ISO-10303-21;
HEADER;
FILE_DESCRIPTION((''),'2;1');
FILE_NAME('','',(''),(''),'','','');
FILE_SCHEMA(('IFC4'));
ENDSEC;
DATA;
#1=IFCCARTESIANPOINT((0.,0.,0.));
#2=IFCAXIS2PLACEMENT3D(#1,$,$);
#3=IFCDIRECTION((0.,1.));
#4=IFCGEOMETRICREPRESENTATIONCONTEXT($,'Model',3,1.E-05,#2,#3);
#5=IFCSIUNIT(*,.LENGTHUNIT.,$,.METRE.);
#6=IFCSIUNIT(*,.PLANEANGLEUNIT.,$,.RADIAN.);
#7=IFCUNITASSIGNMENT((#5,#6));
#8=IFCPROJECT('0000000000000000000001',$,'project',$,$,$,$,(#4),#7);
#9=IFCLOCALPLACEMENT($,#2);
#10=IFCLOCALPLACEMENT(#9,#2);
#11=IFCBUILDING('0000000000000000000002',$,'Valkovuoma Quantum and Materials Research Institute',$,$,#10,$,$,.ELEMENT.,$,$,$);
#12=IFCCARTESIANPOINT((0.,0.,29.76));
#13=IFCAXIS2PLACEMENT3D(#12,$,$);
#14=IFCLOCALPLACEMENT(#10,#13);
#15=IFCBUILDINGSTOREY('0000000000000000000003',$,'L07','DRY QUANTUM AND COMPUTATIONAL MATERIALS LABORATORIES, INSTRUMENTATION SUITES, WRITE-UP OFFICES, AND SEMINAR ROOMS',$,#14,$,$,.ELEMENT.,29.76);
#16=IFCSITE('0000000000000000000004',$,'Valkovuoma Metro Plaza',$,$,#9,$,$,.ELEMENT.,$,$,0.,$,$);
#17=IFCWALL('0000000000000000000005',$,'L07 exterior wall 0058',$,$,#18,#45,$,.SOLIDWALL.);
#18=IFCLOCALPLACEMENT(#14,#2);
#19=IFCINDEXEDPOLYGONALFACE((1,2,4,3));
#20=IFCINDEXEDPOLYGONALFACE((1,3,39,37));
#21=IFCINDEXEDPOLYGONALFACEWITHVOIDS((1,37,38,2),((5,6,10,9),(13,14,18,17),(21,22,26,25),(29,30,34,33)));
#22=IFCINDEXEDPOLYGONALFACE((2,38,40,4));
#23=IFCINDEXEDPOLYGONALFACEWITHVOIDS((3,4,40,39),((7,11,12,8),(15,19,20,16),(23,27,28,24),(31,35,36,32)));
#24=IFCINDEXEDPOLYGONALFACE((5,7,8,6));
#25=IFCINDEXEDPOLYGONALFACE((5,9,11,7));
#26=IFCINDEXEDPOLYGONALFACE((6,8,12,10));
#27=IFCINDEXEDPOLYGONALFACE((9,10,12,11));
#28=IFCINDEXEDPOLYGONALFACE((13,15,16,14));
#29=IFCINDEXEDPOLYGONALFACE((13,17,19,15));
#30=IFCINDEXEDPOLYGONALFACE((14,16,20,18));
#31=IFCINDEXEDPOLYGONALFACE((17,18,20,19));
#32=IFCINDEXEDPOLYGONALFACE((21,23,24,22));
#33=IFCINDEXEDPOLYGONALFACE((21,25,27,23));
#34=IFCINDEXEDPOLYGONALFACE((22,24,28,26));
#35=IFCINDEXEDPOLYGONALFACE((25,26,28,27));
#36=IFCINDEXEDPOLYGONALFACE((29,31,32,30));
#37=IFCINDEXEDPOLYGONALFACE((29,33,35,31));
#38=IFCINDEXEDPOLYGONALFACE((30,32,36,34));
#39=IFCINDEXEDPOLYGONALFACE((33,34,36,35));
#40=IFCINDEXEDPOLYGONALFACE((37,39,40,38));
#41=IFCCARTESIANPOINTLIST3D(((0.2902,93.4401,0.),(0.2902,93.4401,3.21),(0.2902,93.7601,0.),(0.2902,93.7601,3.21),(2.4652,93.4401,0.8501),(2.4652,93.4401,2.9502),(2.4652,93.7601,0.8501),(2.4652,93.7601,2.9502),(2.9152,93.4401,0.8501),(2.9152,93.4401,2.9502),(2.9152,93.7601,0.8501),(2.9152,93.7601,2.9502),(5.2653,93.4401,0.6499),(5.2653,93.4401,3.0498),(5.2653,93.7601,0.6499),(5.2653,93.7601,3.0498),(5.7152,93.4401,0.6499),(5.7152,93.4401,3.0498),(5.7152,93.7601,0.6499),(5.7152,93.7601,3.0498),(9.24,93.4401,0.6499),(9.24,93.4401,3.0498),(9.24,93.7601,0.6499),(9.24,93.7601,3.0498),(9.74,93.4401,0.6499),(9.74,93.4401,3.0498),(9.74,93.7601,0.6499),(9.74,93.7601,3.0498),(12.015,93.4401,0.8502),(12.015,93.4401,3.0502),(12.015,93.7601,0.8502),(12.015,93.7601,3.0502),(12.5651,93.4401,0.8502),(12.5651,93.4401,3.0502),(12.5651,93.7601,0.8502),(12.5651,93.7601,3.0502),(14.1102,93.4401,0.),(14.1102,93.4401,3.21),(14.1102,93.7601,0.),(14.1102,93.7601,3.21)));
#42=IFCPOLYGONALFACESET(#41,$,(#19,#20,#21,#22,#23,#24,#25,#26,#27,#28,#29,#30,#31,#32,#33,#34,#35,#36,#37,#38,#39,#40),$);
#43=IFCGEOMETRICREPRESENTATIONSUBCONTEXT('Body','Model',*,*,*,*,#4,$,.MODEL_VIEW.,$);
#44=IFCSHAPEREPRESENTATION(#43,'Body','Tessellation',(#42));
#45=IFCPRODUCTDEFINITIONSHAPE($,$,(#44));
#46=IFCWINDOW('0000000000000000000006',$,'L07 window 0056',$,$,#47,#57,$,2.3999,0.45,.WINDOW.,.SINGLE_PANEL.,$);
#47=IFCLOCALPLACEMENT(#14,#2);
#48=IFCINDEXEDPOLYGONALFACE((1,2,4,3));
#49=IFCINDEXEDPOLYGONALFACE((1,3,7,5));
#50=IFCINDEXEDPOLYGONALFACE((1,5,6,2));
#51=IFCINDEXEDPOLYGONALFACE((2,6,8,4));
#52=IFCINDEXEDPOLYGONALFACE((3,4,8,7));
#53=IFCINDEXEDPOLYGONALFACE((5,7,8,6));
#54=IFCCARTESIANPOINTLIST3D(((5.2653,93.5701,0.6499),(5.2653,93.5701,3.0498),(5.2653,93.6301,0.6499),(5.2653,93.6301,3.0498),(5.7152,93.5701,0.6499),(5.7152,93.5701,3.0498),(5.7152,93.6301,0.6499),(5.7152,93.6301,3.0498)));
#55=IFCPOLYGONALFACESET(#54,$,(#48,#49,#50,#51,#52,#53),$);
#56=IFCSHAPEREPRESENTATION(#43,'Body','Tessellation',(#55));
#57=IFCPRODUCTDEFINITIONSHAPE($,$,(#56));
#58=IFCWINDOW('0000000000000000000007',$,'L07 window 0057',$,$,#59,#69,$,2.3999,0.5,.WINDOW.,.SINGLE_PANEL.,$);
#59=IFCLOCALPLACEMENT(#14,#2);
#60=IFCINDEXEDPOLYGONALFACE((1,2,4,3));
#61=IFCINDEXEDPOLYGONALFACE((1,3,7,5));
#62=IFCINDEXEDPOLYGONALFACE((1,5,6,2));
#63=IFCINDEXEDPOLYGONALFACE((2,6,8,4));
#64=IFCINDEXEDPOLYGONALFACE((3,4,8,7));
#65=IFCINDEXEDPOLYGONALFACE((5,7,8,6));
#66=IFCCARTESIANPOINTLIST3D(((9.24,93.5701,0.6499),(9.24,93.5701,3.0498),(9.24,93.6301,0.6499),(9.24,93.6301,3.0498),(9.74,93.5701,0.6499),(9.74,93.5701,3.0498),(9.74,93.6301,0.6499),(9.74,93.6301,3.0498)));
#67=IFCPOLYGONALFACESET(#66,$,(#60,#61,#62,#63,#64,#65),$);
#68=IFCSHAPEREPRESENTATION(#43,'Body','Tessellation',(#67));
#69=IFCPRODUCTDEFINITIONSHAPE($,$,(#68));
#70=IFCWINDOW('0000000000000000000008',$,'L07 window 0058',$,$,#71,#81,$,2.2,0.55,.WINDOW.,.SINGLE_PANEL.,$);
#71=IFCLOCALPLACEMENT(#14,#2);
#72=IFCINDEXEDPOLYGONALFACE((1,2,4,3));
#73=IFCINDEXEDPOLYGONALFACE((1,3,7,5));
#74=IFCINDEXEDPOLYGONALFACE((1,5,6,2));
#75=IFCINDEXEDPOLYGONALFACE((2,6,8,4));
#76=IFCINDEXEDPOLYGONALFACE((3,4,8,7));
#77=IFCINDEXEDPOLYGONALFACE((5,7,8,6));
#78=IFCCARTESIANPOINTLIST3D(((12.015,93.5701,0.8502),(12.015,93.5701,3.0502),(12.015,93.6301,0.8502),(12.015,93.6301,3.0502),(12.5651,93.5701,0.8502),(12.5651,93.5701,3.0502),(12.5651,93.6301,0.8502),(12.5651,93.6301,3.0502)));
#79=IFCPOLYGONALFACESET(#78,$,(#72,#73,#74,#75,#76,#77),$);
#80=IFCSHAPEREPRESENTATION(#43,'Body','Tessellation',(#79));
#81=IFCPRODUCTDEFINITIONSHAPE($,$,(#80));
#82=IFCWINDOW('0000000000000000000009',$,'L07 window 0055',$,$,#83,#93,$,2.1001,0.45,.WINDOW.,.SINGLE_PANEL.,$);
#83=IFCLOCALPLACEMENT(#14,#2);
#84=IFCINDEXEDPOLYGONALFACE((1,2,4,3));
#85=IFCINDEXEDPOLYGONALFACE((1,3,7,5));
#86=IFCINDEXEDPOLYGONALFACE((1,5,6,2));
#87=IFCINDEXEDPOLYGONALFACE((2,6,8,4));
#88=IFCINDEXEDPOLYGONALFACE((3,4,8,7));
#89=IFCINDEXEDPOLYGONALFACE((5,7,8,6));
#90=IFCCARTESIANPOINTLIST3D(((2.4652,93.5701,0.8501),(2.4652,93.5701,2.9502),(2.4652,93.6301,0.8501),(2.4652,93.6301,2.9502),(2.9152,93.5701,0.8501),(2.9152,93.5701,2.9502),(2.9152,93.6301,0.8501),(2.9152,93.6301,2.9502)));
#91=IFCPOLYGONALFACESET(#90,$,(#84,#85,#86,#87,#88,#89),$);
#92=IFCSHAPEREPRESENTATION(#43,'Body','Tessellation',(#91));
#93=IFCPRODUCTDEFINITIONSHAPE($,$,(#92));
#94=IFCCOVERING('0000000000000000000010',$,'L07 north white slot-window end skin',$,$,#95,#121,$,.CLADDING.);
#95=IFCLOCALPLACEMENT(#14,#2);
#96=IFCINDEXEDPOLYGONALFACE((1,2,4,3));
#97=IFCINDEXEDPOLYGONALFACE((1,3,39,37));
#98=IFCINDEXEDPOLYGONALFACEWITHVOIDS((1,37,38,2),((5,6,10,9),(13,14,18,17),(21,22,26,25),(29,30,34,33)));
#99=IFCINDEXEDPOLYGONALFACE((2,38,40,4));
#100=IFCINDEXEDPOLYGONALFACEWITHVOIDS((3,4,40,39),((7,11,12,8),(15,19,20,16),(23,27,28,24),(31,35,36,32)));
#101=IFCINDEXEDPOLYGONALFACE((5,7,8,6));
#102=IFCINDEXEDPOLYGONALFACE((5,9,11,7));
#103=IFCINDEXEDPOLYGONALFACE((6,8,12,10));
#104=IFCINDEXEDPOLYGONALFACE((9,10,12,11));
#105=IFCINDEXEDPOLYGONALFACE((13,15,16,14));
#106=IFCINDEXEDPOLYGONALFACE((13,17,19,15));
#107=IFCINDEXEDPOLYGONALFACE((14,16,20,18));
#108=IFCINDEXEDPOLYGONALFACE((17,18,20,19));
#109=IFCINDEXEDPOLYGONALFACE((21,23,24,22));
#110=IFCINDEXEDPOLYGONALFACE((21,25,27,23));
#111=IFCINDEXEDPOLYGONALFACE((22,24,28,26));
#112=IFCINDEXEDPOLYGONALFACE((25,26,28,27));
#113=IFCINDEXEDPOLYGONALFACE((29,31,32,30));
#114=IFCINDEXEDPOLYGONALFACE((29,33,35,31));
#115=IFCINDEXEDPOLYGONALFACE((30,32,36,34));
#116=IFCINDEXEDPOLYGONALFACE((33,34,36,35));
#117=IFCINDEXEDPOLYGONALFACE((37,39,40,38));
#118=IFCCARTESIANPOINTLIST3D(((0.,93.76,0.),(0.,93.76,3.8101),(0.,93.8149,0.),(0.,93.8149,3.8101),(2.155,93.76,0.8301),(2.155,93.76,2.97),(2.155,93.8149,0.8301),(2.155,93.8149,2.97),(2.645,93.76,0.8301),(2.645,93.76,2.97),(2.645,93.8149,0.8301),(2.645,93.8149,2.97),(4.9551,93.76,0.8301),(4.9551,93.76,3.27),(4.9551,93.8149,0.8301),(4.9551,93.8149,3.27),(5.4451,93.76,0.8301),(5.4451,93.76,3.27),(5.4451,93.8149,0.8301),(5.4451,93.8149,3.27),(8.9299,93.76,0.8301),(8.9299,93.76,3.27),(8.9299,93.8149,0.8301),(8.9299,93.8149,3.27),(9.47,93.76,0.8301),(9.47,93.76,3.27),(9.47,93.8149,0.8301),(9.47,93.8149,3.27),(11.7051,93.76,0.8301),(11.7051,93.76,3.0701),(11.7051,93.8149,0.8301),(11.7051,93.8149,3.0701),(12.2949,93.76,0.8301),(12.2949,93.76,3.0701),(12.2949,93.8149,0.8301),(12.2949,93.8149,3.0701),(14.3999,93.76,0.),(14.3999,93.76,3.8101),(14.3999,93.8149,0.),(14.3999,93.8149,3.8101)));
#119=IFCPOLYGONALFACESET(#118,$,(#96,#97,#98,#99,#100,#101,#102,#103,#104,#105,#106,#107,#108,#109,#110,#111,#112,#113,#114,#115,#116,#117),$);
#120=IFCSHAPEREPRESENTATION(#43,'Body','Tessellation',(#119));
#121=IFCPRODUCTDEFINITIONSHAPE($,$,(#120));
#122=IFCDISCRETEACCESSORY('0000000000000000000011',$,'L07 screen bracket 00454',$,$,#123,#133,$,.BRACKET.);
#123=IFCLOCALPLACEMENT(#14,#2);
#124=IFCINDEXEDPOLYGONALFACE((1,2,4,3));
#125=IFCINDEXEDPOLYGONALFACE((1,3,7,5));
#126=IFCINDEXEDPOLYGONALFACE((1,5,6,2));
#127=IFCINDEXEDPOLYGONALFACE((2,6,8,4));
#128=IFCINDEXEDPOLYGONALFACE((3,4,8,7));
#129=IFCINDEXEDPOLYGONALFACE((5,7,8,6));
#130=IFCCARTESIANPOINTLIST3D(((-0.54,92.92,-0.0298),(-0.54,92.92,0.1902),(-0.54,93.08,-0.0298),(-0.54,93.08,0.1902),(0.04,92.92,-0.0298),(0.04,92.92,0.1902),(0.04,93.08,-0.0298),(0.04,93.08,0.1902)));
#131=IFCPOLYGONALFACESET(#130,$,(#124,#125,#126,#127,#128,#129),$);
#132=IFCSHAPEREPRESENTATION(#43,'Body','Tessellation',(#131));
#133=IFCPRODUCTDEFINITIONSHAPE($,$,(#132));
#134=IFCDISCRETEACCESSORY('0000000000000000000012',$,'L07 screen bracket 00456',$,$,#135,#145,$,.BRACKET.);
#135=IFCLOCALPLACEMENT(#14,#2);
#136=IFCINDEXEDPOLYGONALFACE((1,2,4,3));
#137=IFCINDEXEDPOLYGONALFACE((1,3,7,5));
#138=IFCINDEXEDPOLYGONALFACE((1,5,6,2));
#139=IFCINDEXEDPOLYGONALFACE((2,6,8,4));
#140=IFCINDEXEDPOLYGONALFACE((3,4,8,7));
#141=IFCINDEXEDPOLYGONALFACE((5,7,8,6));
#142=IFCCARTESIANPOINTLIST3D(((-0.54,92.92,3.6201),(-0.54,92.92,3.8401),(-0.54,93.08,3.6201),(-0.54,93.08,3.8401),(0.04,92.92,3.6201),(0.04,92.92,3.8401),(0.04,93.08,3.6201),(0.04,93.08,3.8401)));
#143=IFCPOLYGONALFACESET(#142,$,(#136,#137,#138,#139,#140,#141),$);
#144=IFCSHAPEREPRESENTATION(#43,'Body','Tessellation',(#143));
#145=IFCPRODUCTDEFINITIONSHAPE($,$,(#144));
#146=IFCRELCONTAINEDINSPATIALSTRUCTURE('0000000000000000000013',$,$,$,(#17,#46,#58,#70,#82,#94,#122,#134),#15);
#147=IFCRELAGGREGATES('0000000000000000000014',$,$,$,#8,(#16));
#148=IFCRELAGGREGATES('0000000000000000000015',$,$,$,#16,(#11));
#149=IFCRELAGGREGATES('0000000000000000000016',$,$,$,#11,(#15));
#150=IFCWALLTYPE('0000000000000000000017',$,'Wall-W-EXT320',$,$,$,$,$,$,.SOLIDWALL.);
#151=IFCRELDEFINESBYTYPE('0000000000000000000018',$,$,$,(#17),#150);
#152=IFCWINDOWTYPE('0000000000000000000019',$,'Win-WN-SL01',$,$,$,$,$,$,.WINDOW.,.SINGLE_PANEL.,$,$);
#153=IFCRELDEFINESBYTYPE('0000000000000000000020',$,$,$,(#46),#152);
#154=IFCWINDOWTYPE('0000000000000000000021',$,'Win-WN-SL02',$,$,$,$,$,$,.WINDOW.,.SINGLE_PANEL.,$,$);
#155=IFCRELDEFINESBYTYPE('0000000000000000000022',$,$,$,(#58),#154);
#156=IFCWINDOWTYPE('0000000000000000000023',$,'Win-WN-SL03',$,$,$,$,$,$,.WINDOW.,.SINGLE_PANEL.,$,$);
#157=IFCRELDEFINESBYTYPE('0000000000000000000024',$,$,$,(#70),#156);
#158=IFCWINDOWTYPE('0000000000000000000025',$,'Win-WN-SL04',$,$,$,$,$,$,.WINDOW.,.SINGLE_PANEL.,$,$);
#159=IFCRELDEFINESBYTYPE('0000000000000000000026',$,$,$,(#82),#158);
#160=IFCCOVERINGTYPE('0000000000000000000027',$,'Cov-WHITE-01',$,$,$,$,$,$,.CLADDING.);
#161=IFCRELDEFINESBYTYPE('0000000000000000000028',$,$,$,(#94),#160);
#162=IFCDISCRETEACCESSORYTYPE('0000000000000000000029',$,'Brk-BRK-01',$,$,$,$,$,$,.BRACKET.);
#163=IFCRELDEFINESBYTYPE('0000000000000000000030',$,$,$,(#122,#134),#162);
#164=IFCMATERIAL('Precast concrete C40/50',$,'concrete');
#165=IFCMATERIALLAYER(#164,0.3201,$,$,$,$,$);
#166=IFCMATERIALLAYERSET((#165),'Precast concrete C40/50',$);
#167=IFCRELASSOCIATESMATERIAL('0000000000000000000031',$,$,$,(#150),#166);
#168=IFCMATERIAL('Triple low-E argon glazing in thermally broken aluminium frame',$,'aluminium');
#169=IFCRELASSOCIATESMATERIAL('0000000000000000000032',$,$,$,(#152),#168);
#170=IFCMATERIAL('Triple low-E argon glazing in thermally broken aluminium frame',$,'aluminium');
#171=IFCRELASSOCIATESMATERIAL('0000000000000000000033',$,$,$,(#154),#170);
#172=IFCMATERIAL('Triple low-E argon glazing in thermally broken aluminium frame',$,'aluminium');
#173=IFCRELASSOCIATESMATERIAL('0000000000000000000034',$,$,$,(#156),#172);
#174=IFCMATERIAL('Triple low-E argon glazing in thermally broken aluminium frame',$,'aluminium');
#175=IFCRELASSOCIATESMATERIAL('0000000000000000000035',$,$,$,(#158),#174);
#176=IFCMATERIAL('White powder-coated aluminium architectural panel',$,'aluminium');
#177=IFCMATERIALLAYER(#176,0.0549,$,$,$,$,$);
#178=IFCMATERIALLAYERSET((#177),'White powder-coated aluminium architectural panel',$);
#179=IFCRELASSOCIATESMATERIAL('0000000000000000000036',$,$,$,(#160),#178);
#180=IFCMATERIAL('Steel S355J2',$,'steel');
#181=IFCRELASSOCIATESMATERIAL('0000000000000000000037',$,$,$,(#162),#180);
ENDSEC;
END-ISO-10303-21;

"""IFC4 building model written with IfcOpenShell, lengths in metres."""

from ifc_helpers import new_model, si_unit, direction, frame, frame_2d, origin, origin_2d, place, context, subcontext, project, spatial, polyline, rectangle, outline, extrude, material, layer, layer_set, type_object, element, fill, save


model = new_model("IFC4")

# Units and contexts
model_context = context("Model", 3, precision=1e-05, world=origin(), true_north=direction((0.0, 1.0)))
body_context = subcontext(model_context, "Body", "Model", "MODEL_VIEW")
ifc_project = project(units=[si_unit("LENGTHUNIT", "METRE"), si_unit("PLANEANGLEUNIT", "RADIAN")], contexts=[model_context])

# Site, building, storey
site_placement = place(None, origin())
site = spatial("IfcSite", under=ifc_project, at=site_placement, Name="Valkovuoma Metro Plaza", CompositionType="ELEMENT", RefElevation=0.0)
building_placement = place(site_placement, origin())
building = spatial("IfcBuilding", under=site, at=building_placement, Name="Valkovuoma Quantum and Materials Research Institute", CompositionType="ELEMENT")
storey_placement = place(building_placement, frame((0.0, 0.0, 29.76)))
storey = spatial("IfcBuildingStorey", under=building, at=storey_placement, Name="L07", Description="DRY QUANTUM AND COMPUTATIONAL MATERIALS LABORATORIES, INSTRUMENTATION SUITES, WRITE-UP OFFICES, AND SEMINAR ROOMS", CompositionType="ELEMENT", Elevation=29.76)

# Wall, openings, windows
ifc_material_1 = material(Name="Precast concrete C40/50", Category="concrete")
ifc_layer_1 = layer(ifc_material_1, 0.3201)
ifc_layer_set_1 = layer_set([ifc_layer_1], Name="Precast concrete C40/50")
wall_type = type_object("IfcWallType", Name="Wall-W-EXT320", PredefinedType="SOLIDWALL", material=ifc_layer_set_1)
wall_placement = place(storey_placement, frame((0.29, 93.6001, 0.0), z_axis=(0.0, 0.0, 1.0), x_axis=(1.0, 0.0, 0.0)))
wall = element("IfcWall", 1, at=wall_placement, inside=storey, type_object=wall_type, Name="L07 exterior wall 0058", PredefinedType="SOLIDWALL", context=body_context, shape_type="SweptSolid", body=[
    extrude(rectangle(XDim=13.8201, YDim=0.3201, at=frame_2d((6.9102, 0.0))), origin(), (0.0, 0.0, 1.0), 3.21),
])
opening_1_placement = place(wall_placement, frame((2.175, 0.0, 0.8501)))
opening_1 = element("IfcOpeningElement", 2, at=opening_1_placement, cuts=wall, PredefinedType="OPENING", context=body_context, shape_type="SweptSolid", body=[
    extrude(rectangle(XDim=0.45, YDim=2.1001, at=frame_2d((0.2251, 1.05))), frame((0.0, 0.1699, 0.0), z_axis=(0.0, -1.0, 0.0), x_axis=(1.0, 0.0, 0.0)), (0.0, 0.0, 1.0), 0.3401),
])
opening_2_placement = place(wall_placement, frame((4.9751, 0.0, 0.6499)))
opening_2 = element("IfcOpeningElement", 3, at=opening_2_placement, cuts=wall, PredefinedType="OPENING", context=body_context, shape_type="SweptSolid", body=[
    extrude(rectangle(XDim=0.45, YDim=2.3999, at=frame_2d((0.2251, 1.2))), frame((0.0, 0.1699, 0.0), z_axis=(0.0, -1.0, 0.0), x_axis=(1.0, 0.0, 0.0)), (0.0, 0.0, 1.0), 0.3401),
])
opening_3_placement = place(wall_placement, frame((8.95, 0.0, 0.6499)))
opening_3 = element("IfcOpeningElement", 4, at=opening_3_placement, cuts=wall, PredefinedType="OPENING", context=body_context, shape_type="SweptSolid", body=[
    extrude(rectangle(XDim=0.5, YDim=2.3999, at=frame_2d((0.25, 1.2))), frame((0.0, 0.1699, 0.0), z_axis=(0.0, -1.0, 0.0), x_axis=(1.0, 0.0, 0.0)), (0.0, 0.0, 1.0), 0.3401),
])
opening_4_placement = place(wall_placement, frame((11.7251, 0.0, 0.8501)))
opening_4 = element("IfcOpeningElement", 5, at=opening_4_placement, cuts=wall, PredefinedType="OPENING", context=body_context, shape_type="SweptSolid", body=[
    extrude(rectangle(XDim=0.55, YDim=2.2, at=frame_2d((0.2749, 1.1001))), frame((0.0, 0.1699, 0.0), z_axis=(0.0, -1.0, 0.0), x_axis=(1.0, 0.0, 0.0)), (0.0, 0.0, 1.0), 0.3401),
])
ifc_material_2 = material(Name="Triple low-E argon glazing in thermally broken aluminium frame", Category="aluminium")
window_type_1 = type_object("IfcWindowType", Name="Win-WN-SL01", PartitioningType="SINGLE_PANEL", PredefinedType="WINDOW", material=ifc_material_2)
window_1_placement = place(opening_2_placement, origin())
window_1 = element("IfcWindow", 6, at=window_1_placement, inside=storey, type_object=window_type_1, Name="L07 window 0056", OverallHeight=2.3999, OverallWidth=0.45, PartitioningType="SINGLE_PANEL", PredefinedType="WINDOW", context=body_context, shape_type="SweptSolid", body=[
    extrude(rectangle(XDim=0.45, YDim=2.3999, at=frame_2d((0.2251, 1.2))), frame((0.0, 0.03, 0.0), z_axis=(0.0, -1.0, 0.0), x_axis=(1.0, 0.0, 0.0)), (0.0, 0.0, 1.0), 0.0601),
])
fill(opening_2, window_1)
ifc_material_3 = material(Name="Triple low-E argon glazing in thermally broken aluminium frame", Category="aluminium")
window_type_2 = type_object("IfcWindowType", Name="Win-WN-SL02", PartitioningType="SINGLE_PANEL", PredefinedType="WINDOW", material=ifc_material_3)
window_2_placement = place(opening_3_placement, origin())
window_2 = element("IfcWindow", 7, at=window_2_placement, inside=storey, type_object=window_type_2, Name="L07 window 0057", OverallHeight=2.3999, OverallWidth=0.5, PartitioningType="SINGLE_PANEL", PredefinedType="WINDOW", context=body_context, shape_type="SweptSolid", body=[
    extrude(rectangle(XDim=0.5, YDim=2.3999, at=frame_2d((0.25, 1.2))), frame((0.0, 0.03, 0.0), z_axis=(0.0, -1.0, 0.0), x_axis=(1.0, 0.0, 0.0)), (0.0, 0.0, 1.0), 0.0601),
])
fill(opening_3, window_2)
ifc_material_4 = material(Name="Triple low-E argon glazing in thermally broken aluminium frame", Category="aluminium")
window_type_3 = type_object("IfcWindowType", Name="Win-WN-SL03", PartitioningType="SINGLE_PANEL", PredefinedType="WINDOW", material=ifc_material_4)
window_3_placement = place(opening_4_placement, origin())
window_3 = element("IfcWindow", 8, at=window_3_placement, inside=storey, type_object=window_type_3, Name="L07 window 0058", OverallHeight=2.2, OverallWidth=0.55, PartitioningType="SINGLE_PANEL", PredefinedType="WINDOW", context=body_context, shape_type="SweptSolid", body=[
    extrude(rectangle(XDim=0.55, YDim=2.2, at=frame_2d((0.2749, 1.1001))), frame((0.0, 0.03, 0.0), z_axis=(0.0, -1.0, 0.0), x_axis=(1.0, 0.0, 0.0)), (0.0, 0.0, 1.0), 0.0601),
])
fill(opening_4, window_3)
ifc_material_5 = material(Name="Triple low-E argon glazing in thermally broken aluminium frame", Category="aluminium")
window_type_4 = type_object("IfcWindowType", Name="Win-WN-SL04", PartitioningType="SINGLE_PANEL", PredefinedType="WINDOW", material=ifc_material_5)
window_4_placement = place(opening_1_placement, origin())
window_4 = element("IfcWindow", 9, at=window_4_placement, inside=storey, type_object=window_type_4, Name="L07 window 0055", OverallHeight=2.1001, OverallWidth=0.45, PartitioningType="SINGLE_PANEL", PredefinedType="WINDOW", context=body_context, shape_type="SweptSolid", body=[
    extrude(rectangle(XDim=0.45, YDim=2.1001, at=frame_2d((0.2251, 1.05))), frame((0.0, 0.03, 0.0), z_axis=(0.0, -1.0, 0.0), x_axis=(1.0, 0.0, 0.0)), (0.0, 0.0, 1.0), 0.0601),
])
fill(opening_1, window_4)

# Covering
ifc_material_6 = material(Name="White powder-coated aluminium architectural panel", Category="aluminium")
ifc_layer_2 = layer(ifc_material_6, 0.0549)
ifc_layer_set_2 = layer_set([ifc_layer_2], Name="White powder-coated aluminium architectural panel")
covering_type = type_object("IfcCoveringType", Name="Cov-WHITE-01", PredefinedType="CLADDING", material=ifc_layer_set_2)
covering_placement = place(storey_placement, frame((0.0, 93.7876, 0.0), z_axis=(0.0, 0.0, 1.0), x_axis=(1.0, 0.0, 0.0)))
element("IfcCovering", 10, at=covering_placement, inside=storey, type_object=covering_type, Name="L07 north white slot-window end skin", PredefinedType="CLADDING", context=body_context, shape_type="SweptSolid", body=[
    extrude(outline(polyline([(0.0, 0.0), (14.3999, 0.0), (14.3999, 3.8101), (0.0, 3.8101), (0.0, 0.0)]), holes=[polyline([(2.155, 0.8301), (2.155, 2.97), (2.645, 2.97), (2.645, 0.8301), (2.155, 0.8301)]), polyline([(4.9551, 0.8301), (4.9551, 3.27), (5.4451, 3.27), (5.4451, 0.8301), (4.9551, 0.8301)]), polyline([(8.9299, 0.8301), (8.9299, 3.27), (9.47, 3.27), (9.47, 0.8301), (8.9299, 0.8301)]), polyline([(11.7051, 0.8301), (11.7051, 3.0701), (12.2949, 3.0701), (12.2949, 0.8301), (11.7051, 0.8301)])]), frame((0.0, 0.0273, 0.0), z_axis=(0.0, -1.0, 0.0), x_axis=(1.0, 0.0, 0.0)), (0.0, 0.0, 1.0), 0.0549),
])

# Discrete accessories
ifc_material_7 = material(Name="Steel S355J2", Category="steel")
discrete_accessory_type = type_object("IfcDiscreteAccessoryType", Name="Brk-BRK-01", PredefinedType="BRACKET", material=ifc_material_7)
for number, where, z_axis, x_axis, name in (
    (11, (-0.25, 93.0, -0.0298), (0.0, 0.0, 1.0), (1.0, 0.0, 0.0), "L07 screen bracket 00454"),
    (12, (-0.25, 93.0, 3.6201), (0.0, 0.0, 1.0), (1.0, 0.0, 0.0), "L07 screen bracket 00456"),
):
    element("IfcDiscreteAccessory", number, at=place(storey_placement, frame(where, z_axis=z_axis, x_axis=x_axis)), inside=storey, type_object=discrete_accessory_type, Name=name, PredefinedType="BRACKET", context=body_context, shape_type="SweptSolid", body=[
        extrude(rectangle(XDim=0.5801, YDim=0.1599, at=origin_2d()), origin(), (0.0, 0.0, 1.0), 0.22),
    ])

save(model, "model.ifc")
